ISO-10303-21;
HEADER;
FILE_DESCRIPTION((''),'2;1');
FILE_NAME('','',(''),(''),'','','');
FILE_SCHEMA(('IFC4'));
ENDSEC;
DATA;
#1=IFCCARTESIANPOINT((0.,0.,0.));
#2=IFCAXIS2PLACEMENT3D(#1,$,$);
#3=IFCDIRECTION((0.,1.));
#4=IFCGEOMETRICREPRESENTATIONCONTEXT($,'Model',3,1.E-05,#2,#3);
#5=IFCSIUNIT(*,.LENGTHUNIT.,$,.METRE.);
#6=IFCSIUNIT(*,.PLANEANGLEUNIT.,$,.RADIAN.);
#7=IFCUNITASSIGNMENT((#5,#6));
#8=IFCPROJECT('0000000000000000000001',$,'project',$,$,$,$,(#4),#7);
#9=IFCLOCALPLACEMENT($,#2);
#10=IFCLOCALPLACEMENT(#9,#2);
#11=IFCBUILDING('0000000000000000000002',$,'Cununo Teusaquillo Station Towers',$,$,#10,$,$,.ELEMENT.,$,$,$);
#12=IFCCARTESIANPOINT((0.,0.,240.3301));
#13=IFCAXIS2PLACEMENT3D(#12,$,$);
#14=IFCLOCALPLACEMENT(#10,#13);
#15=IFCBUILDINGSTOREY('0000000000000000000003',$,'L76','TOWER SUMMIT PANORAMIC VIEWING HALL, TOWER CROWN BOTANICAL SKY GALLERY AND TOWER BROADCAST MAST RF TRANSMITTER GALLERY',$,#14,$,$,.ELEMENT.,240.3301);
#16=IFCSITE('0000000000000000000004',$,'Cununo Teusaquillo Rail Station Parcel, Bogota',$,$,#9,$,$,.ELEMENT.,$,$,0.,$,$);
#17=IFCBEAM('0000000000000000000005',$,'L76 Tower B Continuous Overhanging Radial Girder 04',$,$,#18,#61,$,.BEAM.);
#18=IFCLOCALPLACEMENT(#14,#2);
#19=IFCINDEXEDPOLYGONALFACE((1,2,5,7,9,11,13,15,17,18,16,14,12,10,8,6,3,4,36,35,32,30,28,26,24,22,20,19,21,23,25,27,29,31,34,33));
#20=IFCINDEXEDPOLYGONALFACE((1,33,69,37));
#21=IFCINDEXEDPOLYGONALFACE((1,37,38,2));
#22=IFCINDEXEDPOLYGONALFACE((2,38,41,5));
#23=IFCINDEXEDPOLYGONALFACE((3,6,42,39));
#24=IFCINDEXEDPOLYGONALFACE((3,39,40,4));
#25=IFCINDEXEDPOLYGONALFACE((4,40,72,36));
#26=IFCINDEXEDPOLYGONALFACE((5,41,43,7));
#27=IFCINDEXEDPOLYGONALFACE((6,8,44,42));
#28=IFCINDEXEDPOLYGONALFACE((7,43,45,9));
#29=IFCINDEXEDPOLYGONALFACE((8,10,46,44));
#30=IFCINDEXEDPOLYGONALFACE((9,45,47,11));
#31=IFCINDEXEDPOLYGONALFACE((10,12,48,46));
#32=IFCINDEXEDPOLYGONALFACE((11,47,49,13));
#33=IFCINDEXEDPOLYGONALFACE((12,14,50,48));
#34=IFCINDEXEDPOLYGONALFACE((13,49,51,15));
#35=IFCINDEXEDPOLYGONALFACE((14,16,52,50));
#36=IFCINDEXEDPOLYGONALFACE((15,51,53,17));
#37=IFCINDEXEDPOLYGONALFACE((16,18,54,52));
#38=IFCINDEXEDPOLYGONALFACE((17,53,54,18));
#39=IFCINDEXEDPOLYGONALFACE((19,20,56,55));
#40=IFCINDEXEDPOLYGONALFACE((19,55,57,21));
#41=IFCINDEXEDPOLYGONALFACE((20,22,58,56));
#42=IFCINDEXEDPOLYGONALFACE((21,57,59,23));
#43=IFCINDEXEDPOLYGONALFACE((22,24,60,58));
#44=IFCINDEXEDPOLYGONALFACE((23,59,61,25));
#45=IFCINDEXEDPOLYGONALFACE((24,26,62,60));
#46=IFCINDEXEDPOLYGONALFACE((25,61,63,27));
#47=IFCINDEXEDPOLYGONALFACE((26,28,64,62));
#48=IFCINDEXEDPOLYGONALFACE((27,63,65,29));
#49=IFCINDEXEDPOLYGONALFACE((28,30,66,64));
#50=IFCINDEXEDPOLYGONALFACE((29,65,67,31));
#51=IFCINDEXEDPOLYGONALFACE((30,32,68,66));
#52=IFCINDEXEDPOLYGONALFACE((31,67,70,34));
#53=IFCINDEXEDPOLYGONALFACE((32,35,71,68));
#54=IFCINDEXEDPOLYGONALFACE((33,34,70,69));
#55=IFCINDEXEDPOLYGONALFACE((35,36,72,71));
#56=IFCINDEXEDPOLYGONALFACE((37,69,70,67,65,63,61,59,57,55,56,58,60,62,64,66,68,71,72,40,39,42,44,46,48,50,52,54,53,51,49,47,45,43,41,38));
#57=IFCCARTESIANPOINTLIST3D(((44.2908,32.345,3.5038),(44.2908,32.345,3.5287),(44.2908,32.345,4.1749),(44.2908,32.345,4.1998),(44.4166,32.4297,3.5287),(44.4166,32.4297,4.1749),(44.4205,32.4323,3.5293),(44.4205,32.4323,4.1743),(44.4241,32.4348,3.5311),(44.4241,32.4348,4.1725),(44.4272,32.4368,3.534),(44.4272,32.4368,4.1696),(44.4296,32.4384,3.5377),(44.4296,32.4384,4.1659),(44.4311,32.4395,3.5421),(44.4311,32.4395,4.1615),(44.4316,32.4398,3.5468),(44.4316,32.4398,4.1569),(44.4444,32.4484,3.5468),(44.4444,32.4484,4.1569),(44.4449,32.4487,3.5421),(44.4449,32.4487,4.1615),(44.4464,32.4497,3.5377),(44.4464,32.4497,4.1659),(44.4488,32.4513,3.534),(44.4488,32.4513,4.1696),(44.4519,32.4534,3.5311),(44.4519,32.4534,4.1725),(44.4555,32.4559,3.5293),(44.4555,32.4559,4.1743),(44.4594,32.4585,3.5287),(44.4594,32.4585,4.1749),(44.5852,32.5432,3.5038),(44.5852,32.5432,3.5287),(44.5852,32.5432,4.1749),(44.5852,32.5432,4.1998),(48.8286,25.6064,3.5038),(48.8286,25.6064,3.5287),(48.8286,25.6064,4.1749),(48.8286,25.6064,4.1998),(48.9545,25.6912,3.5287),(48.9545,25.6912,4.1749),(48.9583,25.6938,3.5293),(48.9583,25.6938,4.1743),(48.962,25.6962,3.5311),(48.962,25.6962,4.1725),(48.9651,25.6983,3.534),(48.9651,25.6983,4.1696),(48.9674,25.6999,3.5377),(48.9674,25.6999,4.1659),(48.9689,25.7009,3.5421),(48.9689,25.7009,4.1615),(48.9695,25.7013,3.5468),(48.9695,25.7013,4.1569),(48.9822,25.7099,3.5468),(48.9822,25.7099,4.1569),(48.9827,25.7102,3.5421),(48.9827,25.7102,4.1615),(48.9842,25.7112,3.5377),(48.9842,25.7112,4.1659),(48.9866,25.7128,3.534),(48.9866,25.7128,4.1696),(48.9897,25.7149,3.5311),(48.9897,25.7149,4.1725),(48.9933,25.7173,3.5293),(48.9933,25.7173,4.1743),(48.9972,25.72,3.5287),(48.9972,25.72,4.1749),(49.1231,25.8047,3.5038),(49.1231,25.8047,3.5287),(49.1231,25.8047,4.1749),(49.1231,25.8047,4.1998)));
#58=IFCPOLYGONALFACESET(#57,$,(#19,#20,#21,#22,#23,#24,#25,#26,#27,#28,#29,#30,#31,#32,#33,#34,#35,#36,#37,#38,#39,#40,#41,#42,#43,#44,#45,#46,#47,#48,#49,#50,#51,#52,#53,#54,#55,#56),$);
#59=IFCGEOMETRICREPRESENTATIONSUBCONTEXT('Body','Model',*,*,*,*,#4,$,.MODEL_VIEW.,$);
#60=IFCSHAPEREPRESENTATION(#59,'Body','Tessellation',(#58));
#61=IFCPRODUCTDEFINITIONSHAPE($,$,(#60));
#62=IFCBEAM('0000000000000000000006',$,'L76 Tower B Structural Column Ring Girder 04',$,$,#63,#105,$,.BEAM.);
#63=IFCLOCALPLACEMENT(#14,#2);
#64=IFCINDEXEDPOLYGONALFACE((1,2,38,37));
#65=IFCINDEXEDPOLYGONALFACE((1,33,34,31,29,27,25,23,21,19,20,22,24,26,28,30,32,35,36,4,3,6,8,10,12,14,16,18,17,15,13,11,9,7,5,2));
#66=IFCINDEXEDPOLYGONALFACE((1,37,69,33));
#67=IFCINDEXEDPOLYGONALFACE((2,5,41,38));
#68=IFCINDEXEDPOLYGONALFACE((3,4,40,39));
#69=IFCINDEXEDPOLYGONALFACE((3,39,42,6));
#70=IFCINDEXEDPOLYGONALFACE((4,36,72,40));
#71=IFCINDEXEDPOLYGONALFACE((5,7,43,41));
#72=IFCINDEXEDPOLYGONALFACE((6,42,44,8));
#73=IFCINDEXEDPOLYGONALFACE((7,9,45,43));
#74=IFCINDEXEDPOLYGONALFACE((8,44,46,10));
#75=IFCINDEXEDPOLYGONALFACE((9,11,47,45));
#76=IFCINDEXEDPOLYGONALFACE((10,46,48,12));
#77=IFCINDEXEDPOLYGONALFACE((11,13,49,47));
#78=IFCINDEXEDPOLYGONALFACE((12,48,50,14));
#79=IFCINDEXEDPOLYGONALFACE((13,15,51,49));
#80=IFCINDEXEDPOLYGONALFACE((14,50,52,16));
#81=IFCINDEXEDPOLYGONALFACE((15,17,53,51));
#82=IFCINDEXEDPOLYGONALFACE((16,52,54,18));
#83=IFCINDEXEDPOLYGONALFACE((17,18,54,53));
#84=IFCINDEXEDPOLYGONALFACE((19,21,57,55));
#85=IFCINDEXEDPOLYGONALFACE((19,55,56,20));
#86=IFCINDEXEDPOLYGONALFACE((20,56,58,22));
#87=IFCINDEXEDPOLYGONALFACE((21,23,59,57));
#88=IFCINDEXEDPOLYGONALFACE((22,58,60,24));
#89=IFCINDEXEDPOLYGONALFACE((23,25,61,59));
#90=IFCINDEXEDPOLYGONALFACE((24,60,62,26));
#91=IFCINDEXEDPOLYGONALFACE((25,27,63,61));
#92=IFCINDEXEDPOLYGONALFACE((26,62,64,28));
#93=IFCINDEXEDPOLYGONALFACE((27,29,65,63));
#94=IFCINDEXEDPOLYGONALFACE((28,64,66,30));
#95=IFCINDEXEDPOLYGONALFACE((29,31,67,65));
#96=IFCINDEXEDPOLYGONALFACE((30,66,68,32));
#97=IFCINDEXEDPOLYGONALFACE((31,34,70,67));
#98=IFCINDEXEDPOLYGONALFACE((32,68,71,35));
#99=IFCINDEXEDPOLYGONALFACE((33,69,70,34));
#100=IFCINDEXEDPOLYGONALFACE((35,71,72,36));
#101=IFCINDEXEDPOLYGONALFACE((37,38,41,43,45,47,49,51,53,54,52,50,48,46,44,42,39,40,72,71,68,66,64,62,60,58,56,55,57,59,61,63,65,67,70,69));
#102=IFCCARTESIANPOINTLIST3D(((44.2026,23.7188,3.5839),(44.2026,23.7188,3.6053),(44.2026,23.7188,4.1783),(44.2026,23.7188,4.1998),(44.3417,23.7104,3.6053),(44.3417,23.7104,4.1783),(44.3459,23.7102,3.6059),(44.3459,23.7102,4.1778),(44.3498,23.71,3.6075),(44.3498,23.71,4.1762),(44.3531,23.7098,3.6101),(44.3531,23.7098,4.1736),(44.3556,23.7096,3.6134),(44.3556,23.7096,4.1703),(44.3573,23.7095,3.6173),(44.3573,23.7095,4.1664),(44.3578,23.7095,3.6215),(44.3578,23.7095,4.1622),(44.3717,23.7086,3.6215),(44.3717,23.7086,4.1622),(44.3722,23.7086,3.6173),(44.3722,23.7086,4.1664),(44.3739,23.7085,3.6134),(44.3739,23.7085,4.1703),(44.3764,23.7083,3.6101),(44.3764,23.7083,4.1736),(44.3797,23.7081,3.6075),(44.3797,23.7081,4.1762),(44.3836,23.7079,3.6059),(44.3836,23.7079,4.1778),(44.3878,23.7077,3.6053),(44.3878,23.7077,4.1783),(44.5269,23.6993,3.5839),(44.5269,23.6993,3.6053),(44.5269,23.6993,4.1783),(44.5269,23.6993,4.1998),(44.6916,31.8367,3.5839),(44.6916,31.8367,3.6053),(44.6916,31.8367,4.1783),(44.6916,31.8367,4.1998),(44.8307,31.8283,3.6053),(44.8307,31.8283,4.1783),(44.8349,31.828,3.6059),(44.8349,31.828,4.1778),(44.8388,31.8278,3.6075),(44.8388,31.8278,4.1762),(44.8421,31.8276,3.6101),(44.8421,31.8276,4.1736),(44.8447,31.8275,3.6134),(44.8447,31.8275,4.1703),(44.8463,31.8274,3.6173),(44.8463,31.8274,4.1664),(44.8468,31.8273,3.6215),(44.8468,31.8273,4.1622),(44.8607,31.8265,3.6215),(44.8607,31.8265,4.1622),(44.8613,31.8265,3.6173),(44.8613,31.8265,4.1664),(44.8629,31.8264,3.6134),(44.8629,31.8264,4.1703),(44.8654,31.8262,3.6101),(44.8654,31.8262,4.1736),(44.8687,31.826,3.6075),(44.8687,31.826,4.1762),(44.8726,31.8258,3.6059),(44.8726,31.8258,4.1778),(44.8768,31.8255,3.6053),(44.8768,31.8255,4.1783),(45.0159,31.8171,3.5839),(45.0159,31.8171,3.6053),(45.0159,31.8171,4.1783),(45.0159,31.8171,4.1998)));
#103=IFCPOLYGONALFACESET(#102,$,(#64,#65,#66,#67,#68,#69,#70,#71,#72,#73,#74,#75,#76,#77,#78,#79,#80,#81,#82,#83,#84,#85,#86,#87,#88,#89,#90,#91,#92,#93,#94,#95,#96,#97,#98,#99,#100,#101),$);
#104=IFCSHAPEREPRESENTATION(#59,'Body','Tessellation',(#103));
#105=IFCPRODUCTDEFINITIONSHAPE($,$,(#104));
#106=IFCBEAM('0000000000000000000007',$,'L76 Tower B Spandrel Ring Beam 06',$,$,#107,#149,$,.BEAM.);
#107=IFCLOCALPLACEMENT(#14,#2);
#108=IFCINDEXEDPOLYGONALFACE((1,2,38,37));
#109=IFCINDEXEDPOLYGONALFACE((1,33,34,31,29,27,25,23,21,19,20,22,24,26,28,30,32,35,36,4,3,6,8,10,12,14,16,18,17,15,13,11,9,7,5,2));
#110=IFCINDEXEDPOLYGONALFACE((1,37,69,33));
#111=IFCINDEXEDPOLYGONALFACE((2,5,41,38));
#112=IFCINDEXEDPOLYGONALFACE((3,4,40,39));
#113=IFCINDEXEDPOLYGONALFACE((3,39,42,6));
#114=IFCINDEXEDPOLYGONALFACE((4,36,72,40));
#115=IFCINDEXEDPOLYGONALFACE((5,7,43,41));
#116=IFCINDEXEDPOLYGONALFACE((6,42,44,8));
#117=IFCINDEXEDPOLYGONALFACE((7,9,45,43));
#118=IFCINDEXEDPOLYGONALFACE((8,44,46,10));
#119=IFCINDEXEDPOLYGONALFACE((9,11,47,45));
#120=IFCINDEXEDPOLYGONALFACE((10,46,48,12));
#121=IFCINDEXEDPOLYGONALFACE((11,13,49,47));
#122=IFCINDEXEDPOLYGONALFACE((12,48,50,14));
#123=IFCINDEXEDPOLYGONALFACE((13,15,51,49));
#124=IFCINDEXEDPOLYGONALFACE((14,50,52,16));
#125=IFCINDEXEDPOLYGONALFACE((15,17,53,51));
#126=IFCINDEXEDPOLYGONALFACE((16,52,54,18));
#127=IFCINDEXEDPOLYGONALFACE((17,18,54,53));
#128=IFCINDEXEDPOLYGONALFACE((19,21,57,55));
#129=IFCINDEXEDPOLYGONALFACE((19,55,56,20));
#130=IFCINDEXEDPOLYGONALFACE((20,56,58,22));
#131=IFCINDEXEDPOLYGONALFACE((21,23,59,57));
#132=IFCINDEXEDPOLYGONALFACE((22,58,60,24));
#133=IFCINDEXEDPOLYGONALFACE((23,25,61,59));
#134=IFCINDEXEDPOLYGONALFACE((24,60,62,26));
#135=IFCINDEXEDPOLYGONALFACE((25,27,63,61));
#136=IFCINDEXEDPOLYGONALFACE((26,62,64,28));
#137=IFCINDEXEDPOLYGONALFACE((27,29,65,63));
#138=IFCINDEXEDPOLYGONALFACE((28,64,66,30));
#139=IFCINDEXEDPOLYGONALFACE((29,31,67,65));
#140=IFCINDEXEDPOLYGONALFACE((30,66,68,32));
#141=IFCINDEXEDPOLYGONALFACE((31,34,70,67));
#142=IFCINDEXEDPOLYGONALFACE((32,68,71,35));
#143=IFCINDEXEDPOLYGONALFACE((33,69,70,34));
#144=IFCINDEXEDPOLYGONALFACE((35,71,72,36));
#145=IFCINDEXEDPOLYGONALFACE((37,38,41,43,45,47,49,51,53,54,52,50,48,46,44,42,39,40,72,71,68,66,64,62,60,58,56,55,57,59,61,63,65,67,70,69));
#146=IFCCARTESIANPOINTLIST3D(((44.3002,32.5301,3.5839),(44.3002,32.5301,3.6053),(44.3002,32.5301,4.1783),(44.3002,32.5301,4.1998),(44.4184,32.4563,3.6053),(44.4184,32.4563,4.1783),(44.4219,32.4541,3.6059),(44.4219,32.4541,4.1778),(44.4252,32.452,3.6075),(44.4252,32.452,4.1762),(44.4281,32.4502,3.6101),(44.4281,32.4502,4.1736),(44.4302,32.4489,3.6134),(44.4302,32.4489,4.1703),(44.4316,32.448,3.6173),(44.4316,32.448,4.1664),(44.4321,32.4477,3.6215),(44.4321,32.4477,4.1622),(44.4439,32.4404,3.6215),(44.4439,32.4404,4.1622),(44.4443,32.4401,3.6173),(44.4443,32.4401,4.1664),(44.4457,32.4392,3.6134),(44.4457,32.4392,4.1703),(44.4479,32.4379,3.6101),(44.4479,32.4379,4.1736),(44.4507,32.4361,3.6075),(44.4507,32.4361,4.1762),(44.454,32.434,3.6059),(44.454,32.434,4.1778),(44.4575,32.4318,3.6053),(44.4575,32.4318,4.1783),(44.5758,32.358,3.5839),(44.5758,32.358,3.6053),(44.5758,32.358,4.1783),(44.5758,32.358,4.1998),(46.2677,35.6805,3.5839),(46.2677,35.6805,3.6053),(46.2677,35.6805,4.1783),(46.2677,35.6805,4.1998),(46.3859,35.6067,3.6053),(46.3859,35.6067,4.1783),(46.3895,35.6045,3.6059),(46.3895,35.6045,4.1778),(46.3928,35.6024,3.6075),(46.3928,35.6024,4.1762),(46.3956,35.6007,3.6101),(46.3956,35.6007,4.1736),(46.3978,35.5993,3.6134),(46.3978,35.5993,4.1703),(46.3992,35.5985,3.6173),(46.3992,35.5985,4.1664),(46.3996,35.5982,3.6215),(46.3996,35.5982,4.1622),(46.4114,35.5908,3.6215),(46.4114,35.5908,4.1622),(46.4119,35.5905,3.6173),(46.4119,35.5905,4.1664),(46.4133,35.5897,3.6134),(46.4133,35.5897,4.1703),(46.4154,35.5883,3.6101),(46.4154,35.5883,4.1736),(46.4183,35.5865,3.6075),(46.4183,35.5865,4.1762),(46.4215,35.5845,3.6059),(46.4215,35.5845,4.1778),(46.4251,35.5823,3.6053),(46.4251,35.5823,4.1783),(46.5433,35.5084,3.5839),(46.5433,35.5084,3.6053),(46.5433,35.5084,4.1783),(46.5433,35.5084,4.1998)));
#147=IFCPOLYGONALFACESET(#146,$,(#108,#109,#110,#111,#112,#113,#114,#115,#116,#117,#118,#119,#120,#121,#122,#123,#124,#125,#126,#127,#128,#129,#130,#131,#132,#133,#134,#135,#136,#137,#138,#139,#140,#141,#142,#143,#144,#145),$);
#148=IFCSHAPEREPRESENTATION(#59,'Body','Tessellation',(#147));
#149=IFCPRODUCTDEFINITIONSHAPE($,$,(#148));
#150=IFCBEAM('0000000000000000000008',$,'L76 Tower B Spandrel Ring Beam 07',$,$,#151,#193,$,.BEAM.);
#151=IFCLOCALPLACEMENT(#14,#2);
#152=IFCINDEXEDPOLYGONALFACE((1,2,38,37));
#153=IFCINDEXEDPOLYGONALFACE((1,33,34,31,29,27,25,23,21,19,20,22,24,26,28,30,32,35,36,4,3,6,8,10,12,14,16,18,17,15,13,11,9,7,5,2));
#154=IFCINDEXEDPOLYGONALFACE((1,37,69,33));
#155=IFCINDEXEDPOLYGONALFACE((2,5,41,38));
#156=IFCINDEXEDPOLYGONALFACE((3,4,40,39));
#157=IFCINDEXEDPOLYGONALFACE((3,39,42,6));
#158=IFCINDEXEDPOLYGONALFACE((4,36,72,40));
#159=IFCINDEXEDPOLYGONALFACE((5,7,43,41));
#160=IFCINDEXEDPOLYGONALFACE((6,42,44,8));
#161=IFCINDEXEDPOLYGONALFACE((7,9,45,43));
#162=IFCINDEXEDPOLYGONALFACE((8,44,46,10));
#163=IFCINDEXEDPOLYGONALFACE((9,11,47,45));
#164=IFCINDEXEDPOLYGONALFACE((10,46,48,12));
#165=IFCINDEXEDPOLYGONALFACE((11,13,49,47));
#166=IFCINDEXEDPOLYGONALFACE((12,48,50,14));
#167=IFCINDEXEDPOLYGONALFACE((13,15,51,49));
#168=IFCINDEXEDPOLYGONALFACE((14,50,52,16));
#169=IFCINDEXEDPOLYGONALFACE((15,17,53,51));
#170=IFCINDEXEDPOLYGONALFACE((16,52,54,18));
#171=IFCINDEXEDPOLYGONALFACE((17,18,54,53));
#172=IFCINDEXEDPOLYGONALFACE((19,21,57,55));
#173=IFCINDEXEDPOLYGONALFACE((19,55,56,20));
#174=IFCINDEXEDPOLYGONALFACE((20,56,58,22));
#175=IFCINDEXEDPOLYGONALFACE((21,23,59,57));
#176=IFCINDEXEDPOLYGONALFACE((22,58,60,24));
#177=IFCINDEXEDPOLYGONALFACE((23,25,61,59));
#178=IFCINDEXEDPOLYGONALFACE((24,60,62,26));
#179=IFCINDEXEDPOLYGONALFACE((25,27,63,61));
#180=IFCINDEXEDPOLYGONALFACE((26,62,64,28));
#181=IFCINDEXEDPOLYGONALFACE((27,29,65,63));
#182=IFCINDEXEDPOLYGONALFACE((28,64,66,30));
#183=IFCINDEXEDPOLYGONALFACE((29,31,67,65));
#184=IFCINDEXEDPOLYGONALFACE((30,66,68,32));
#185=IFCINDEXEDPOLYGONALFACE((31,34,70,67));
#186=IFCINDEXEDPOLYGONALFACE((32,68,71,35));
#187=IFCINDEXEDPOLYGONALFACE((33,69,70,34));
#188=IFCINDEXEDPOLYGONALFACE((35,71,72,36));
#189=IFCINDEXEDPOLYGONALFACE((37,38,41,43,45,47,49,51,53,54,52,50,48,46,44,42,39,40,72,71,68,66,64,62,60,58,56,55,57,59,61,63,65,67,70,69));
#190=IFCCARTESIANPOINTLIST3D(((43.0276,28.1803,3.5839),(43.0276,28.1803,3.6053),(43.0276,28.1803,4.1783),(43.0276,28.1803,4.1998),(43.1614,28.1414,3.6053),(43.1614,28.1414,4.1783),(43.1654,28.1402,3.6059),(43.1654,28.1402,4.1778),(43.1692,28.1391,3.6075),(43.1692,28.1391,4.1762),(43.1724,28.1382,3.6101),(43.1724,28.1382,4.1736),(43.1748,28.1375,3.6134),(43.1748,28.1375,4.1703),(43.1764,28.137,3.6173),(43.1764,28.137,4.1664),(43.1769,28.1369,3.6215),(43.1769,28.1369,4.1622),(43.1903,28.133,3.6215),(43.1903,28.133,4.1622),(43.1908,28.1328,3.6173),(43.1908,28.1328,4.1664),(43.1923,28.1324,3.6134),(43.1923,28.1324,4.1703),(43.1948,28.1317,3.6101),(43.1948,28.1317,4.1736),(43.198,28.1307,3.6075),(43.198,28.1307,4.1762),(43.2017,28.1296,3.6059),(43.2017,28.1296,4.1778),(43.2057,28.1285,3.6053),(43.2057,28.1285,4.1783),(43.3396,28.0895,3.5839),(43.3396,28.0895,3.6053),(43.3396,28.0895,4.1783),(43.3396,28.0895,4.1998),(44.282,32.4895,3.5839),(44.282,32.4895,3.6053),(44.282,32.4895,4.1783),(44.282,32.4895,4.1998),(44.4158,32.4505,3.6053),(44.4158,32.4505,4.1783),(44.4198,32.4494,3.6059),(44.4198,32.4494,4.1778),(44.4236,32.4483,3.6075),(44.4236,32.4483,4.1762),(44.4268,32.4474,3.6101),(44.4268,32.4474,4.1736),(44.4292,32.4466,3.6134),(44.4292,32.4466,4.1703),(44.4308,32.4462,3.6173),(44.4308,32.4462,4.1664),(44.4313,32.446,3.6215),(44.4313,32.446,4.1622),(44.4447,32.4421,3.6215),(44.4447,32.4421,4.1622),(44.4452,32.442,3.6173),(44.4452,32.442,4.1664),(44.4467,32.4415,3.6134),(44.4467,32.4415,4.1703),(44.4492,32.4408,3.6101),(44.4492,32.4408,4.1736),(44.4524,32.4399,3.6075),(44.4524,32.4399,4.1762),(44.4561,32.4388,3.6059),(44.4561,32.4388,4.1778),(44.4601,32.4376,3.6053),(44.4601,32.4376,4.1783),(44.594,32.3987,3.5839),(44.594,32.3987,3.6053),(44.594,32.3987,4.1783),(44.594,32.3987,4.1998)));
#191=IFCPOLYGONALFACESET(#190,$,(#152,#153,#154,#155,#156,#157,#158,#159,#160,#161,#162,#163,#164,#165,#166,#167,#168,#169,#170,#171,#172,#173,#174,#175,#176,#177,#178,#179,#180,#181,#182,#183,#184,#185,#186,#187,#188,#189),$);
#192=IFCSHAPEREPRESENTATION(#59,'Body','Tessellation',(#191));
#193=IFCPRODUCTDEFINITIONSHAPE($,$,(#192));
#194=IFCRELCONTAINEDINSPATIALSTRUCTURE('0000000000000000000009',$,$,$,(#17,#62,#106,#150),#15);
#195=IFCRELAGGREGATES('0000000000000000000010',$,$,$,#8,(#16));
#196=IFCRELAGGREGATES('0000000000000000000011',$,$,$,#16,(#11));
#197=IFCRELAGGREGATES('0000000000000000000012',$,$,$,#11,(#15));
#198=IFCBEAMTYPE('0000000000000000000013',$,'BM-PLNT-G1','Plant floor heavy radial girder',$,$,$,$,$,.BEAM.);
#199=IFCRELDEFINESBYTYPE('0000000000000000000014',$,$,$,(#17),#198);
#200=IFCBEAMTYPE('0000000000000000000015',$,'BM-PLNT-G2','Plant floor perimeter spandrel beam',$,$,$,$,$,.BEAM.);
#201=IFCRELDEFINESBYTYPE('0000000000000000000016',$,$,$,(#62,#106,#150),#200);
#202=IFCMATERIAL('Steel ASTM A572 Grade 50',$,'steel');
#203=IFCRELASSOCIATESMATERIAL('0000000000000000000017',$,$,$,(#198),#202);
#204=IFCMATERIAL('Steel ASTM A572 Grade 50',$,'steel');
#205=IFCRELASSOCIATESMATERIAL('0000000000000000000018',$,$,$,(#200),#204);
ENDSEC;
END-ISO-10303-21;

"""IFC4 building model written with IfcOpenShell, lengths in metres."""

from ifc_helpers import new_model, si_unit, direction, frame, origin, origin_2d, place, context, subcontext, project, spatial, i_section, extrude, material, material_profile, profile_set, type_object, element, save


model = new_model("IFC4")

# Units and contexts
model_context = context("Model", 3, precision=1e-05, world=origin(), true_north=direction((0.0, 1.0)))
body_context = subcontext(model_context, "Body", "Model", "MODEL_VIEW")
ifc_project = project(units=[si_unit("LENGTHUNIT", "METRE"), si_unit("PLANEANGLEUNIT", "RADIAN")], contexts=[model_context])

# Site, building, storey
site_placement = place(None, origin())
site = spatial("IfcSite", under=ifc_project, at=site_placement, Name="Cununo Teusaquillo Rail Station Parcel, Bogota", CompositionType="ELEMENT", RefElevation=0.0)
building_placement = place(site_placement, origin())
building = spatial("IfcBuilding", under=site, at=building_placement, Name="Cununo Teusaquillo Station Towers", CompositionType="ELEMENT")
storey_placement = place(building_placement, frame((0.0, 0.0, 240.3301)))
storey = spatial("IfcBuildingStorey", under=building, at=storey_placement, Name="L76", Description="TOWER SUMMIT PANORAMIC VIEWING HALL, TOWER CROWN BOTANICAL SKY GALLERY AND TOWER BROADCAST MAST RF TRANSMITTER GALLERY", CompositionType="ELEMENT", Elevation=240.3301)

# Beams
ifc_material_1 = material(Name="Steel ASTM A572 Grade 50", Category="steel")
ifc_material_profile_1 = material_profile(ifc_material_1, i_section(OverallWidth=0.355, OverallDepth=0.696, WebThickness=0.0154, FlangeThickness=0.0249, FilletRadius=0.0181, at=origin_2d()), Name="W27X146")
ifc_profile_set_1 = profile_set([ifc_material_profile_1], Name="Steel ASTM A572 Grade 50")
beam_type_1 = type_object("IfcBeamType", Name="BM-PLNT-G1", Description="Plant floor heavy radial girder", PredefinedType="BEAM", material=ifc_profile_set_1)
beam_1_placement = place(storey_placement, frame((48.9758, 25.7056, 3.8518), z_axis=(-0.558571, 0.829457, 0.0), x_axis=(-0.829457, -0.558571, 0.0)))
element("IfcBeam", 1, at=beam_1_placement, inside=storey, type_object=beam_type_1, Name="L76 Tower B Continuous Overhanging Radial Girder 04", PredefinedType="BEAM", context=body_context, shape_type="SweptSolid", body=[
    extrude(i_section(OverallWidth=0.355, OverallDepth=0.696, WebThickness=0.0154, FlangeThickness=0.0249, FilletRadius=0.0181, at=origin_2d()), origin(), (0.0, 0.0, 1.0), 8.124),
])
ifc_material_2 = material(Name="Steel ASTM A572 Grade 50", Category="steel")
ifc_material_profile_2 = material_profile(ifc_material_2, i_section(OverallWidth=0.325, OverallDepth=0.616, WebThickness=0.0139, FlangeThickness=0.0215, FilletRadius=0.0161, at=origin_2d()), Name="W24X117")
ifc_profile_set_2 = profile_set([ifc_material_profile_2], Name="Steel ASTM A572 Grade 50")
beam_type_2 = type_object("IfcBeamType", Name="BM-PLNT-G2", Description="Plant floor perimeter spandrel beam", PredefinedType="BEAM", material=ifc_profile_set_2)
beam_2_placement = place(storey_placement, frame((44.8538, 31.8269, 3.8918), z_axis=(-0.06013, -0.998191, 0.0), x_axis=(0.998191, -0.06013, 0.0)))
element("IfcBeam", 2, at=beam_2_placement, inside=storey, type_object=beam_type_2, Name="L76 Tower B Structural Column Ring Girder 04", PredefinedType="BEAM", context=body_context, shape_type="SweptSolid", body=[
    extrude(i_section(OverallWidth=0.325, OverallDepth=0.616, WebThickness=0.0139, FlangeThickness=0.0215, FilletRadius=0.0161, at=origin_2d()), origin(), (0.0, 0.0, 1.0), 8.1326),
])
beam_3_placement = place(storey_placement, frame((46.4055, 35.5945, 3.8918), z_axis=(-0.529715, -0.848176, 0.0), x_axis=(0.848176, -0.529715, 0.0)))
element("IfcBeam", 3, at=beam_3_placement, inside=storey, type_object=beam_type_2, Name="L76 Tower B Spandrel Ring Beam 06", PredefinedType="BEAM", context=body_context, shape_type="SweptSolid", body=[
    extrude(i_section(OverallWidth=0.325, OverallDepth=0.616, WebThickness=0.0139, FlangeThickness=0.0215, FilletRadius=0.0161, at=origin_2d()), origin(), (0.0, 0.0, 1.0), 3.7144),
])
beam_4_placement = place(storey_placement, frame((44.438, 32.4441, 3.8918), z_axis=(-0.279503, -0.960145, 0.0), x_axis=(0.960145, -0.279503, 0.0)))
element("IfcBeam", 4, at=beam_4_placement, inside=storey, type_object=beam_type_2, Name="L76 Tower B Spandrel Ring Beam 07", PredefinedType="BEAM", context=body_context, shape_type="SweptSolid", body=[
    extrude(i_section(OverallWidth=0.325, OverallDepth=0.616, WebThickness=0.0139, FlangeThickness=0.0215, FilletRadius=0.0161, at=origin_2d()), origin(), (0.0, 0.0, 1.0), 4.488),
])

save(model, "model.ifc")
